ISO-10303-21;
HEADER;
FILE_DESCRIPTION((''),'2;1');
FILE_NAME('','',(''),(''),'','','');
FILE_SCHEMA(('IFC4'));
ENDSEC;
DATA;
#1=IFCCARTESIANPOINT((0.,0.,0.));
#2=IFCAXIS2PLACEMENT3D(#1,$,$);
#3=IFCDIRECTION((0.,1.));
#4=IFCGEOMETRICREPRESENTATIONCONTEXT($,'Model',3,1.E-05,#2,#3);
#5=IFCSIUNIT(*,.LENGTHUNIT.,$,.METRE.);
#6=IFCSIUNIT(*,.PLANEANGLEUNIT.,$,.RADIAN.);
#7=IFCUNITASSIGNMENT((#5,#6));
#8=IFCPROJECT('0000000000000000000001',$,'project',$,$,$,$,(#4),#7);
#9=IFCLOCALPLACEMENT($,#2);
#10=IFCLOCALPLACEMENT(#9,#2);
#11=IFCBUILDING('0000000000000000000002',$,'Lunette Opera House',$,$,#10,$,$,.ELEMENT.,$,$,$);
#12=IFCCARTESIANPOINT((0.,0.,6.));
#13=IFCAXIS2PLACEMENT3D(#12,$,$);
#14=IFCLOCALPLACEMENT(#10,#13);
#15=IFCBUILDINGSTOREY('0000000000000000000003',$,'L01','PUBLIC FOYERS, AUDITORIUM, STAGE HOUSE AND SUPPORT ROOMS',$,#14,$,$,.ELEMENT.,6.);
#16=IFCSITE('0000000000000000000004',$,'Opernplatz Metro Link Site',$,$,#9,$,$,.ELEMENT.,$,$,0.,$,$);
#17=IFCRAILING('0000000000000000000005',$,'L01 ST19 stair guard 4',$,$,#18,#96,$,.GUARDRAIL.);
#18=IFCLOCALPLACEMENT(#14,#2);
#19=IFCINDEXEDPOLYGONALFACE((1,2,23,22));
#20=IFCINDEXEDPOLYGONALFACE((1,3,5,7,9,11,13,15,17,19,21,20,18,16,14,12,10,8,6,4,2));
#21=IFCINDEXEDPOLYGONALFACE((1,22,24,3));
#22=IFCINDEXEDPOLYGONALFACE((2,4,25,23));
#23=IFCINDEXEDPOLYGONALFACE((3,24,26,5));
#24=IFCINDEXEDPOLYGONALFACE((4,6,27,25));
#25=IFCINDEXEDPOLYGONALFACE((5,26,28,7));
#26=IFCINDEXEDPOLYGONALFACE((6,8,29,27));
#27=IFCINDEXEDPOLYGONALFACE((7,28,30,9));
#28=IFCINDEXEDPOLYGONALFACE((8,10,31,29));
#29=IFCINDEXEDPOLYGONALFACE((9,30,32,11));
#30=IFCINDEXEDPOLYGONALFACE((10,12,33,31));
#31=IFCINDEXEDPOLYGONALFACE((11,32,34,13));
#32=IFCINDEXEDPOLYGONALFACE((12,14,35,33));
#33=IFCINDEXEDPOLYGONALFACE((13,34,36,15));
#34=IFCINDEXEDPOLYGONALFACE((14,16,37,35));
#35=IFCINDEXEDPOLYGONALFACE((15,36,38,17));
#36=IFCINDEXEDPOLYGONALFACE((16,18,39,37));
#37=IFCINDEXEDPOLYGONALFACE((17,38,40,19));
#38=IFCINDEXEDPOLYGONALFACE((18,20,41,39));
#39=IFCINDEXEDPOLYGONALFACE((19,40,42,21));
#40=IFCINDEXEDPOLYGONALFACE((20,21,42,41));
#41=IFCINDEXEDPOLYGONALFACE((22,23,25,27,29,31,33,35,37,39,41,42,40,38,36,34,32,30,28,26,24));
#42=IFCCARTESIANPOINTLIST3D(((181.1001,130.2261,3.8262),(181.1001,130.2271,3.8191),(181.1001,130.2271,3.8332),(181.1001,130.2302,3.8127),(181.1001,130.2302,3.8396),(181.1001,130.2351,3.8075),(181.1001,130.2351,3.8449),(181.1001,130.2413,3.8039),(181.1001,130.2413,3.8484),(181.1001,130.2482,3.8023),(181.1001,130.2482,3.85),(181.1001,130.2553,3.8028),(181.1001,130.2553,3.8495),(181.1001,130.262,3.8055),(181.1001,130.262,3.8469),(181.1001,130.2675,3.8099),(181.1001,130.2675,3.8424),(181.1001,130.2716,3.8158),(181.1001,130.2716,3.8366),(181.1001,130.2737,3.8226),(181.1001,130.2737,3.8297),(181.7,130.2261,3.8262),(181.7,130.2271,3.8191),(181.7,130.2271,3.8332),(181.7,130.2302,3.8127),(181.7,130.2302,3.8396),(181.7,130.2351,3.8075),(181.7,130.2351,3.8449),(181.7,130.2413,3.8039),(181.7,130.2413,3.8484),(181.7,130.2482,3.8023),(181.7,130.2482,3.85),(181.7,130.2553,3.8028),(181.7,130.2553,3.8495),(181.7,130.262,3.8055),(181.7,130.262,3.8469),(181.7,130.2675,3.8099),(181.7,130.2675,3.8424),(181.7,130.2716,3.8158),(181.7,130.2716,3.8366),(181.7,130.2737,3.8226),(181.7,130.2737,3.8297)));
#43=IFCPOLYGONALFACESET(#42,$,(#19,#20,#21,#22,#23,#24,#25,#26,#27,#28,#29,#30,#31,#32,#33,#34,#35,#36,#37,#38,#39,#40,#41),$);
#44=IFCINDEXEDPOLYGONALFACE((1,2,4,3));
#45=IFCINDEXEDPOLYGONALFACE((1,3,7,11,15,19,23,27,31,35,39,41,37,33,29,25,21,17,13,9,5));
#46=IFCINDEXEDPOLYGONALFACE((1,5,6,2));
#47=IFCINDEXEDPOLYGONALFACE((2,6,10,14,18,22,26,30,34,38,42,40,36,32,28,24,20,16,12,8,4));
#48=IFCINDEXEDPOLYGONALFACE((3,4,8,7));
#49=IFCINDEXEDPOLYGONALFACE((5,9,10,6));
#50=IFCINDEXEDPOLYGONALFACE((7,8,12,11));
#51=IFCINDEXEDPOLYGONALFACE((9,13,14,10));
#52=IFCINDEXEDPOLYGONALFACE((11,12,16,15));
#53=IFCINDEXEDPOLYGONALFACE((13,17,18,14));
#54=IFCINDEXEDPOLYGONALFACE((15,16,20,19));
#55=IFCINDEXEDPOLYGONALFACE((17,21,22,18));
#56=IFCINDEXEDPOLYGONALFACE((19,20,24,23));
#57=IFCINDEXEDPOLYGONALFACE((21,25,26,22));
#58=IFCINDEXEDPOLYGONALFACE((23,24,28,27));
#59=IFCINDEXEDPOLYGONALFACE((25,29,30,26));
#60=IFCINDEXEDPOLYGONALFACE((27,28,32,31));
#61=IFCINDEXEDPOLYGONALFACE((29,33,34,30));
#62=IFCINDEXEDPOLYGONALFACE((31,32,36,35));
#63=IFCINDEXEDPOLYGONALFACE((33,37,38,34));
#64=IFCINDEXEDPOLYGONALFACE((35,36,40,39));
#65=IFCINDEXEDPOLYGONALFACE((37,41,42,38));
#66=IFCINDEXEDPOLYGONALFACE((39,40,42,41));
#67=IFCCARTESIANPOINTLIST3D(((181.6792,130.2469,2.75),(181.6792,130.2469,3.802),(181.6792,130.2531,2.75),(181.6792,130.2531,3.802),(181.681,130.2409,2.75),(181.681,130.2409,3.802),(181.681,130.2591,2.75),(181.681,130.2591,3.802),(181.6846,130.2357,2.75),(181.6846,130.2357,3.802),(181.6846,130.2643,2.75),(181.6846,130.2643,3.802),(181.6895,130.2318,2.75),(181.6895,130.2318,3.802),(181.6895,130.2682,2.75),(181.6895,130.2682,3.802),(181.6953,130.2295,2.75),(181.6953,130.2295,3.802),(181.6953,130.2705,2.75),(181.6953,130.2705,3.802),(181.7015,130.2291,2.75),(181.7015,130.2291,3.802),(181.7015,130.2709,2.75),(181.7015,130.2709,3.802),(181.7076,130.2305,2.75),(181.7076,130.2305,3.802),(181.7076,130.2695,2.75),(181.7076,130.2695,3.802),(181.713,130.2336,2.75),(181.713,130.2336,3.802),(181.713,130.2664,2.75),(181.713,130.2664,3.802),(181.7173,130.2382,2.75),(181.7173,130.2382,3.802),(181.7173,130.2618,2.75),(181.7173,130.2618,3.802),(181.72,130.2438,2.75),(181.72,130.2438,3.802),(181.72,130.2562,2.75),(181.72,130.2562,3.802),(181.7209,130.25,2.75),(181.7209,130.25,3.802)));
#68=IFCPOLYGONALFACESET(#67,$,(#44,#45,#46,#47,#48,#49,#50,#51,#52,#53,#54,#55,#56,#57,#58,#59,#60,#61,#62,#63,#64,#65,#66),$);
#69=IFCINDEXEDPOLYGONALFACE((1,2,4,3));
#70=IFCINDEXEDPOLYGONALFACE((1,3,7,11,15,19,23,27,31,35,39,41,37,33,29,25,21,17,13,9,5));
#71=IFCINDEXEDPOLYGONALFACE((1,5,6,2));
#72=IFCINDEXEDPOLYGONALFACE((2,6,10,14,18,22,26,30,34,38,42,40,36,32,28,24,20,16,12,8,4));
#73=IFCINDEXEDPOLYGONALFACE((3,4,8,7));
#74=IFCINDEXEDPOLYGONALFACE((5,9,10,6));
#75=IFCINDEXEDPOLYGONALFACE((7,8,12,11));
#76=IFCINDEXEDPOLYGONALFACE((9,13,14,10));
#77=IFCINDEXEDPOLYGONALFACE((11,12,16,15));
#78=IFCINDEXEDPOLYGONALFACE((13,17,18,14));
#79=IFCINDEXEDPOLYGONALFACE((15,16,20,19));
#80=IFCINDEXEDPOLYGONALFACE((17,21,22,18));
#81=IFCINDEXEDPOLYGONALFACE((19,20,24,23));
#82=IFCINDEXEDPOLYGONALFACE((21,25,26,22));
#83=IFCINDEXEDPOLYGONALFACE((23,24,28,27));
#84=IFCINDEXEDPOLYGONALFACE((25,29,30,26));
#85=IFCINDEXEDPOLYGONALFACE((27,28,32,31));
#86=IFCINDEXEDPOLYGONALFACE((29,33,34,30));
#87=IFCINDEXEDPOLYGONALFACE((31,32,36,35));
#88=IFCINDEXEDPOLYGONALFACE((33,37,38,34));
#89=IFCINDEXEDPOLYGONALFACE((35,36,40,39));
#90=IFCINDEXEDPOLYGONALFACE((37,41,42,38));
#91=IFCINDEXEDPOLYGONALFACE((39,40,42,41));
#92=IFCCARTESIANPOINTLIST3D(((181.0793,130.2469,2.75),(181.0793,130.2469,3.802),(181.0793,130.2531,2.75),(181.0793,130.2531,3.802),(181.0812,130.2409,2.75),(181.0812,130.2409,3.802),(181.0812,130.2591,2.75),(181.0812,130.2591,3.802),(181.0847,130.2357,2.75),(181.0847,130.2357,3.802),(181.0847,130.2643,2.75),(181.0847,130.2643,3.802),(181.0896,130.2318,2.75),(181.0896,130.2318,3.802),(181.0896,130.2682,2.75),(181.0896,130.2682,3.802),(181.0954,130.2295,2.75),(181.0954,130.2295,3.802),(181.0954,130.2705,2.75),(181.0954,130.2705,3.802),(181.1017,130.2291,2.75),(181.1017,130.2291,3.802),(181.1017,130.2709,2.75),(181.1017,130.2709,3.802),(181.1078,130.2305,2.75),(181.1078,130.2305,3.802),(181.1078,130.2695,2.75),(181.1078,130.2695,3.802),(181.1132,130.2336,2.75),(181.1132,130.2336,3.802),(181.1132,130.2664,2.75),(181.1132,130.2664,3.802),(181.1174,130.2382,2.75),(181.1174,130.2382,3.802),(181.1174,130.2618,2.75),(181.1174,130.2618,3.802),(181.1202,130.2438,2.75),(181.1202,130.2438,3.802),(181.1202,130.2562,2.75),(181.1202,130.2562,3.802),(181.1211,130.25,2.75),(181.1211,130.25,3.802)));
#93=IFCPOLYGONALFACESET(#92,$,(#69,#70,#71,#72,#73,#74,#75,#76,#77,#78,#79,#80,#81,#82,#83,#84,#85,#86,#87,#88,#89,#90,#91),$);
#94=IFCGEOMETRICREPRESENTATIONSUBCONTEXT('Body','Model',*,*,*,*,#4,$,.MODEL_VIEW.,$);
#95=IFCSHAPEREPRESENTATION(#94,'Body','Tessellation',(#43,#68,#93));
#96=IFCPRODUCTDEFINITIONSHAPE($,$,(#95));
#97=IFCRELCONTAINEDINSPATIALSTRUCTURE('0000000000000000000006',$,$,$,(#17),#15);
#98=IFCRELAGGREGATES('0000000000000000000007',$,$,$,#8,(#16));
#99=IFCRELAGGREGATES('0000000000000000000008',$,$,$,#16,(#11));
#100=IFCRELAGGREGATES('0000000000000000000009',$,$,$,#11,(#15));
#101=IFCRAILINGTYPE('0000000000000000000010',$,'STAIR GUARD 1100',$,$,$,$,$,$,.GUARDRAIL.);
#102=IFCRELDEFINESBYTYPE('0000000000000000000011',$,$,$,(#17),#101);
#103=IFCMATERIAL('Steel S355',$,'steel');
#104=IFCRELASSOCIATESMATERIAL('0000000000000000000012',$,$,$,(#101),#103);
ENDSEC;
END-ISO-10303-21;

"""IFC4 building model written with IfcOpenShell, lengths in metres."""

from ifc_helpers import new_model, si_unit, direction, frame, origin, origin_2d, place, context, subcontext, project, spatial, circle, extrude, material, type_object, element, save


model = new_model("IFC4")

# Units and contexts
model_context = context("Model", 3, precision=1e-05, world=origin(), true_north=direction((0.0, 1.0)))
body_context = subcontext(model_context, "Body", "Model", "MODEL_VIEW")
ifc_project = project(units=[si_unit("LENGTHUNIT", "METRE"), si_unit("PLANEANGLEUNIT", "RADIAN")], contexts=[model_context])

# Site, building, storey
site_placement = place(None, origin())
site = spatial("IfcSite", under=ifc_project, at=site_placement, Name="Opernplatz Metro Link Site", CompositionType="ELEMENT", RefElevation=0.0)
building_placement = place(site_placement, origin())
building = spatial("IfcBuilding", under=site, at=building_placement, Name="Lunette Opera House", CompositionType="ELEMENT")
storey_placement = place(building_placement, frame((0.0, 0.0, 6.0)))
storey = spatial("IfcBuildingStorey", under=building, at=storey_placement, Name="L01", Description="PUBLIC FOYERS, AUDITORIUM, STAGE HOUSE AND SUPPORT ROOMS", CompositionType="ELEMENT", Elevation=6.0)

# Railing
ifc_material_1 = material(Name="Steel S355", Category="steel")
railing_type_1 = type_object("IfcRailingType", Name="STAIR GUARD 1100", PredefinedType="GUARDRAIL", material=ifc_material_1)
railing_1_placement = place(storey_placement, frame((181.7, 130.25, 2.75)))
element("IfcRailing", 1, at=railing_1_placement, inside=storey, type_object=railing_type_1, Name="L01 ST19 stair guard 4", PredefinedType="GUARDRAIL", context=body_context, shape_type="SweptSolid", body=[
    extrude(circle(Radius=0.0239, at=origin_2d()), frame((0.0, 0.0, 1.0762), z_axis=(-1.0, 0.0, 0.0), x_axis=(0.0, -1.0, 0.0)), (0.0, 0.0, 1.0), 0.5999),
    extrude(circle(Radius=0.021, at=origin_2d()), origin(), (0.0, 0.0, 1.0), 1.052),
    extrude(circle(Radius=0.021, at=origin_2d()), frame((-0.5999, 0.0, 0.0)), (0.0, 0.0, 1.0), 1.052),
])

save(model, "model.ifc")
